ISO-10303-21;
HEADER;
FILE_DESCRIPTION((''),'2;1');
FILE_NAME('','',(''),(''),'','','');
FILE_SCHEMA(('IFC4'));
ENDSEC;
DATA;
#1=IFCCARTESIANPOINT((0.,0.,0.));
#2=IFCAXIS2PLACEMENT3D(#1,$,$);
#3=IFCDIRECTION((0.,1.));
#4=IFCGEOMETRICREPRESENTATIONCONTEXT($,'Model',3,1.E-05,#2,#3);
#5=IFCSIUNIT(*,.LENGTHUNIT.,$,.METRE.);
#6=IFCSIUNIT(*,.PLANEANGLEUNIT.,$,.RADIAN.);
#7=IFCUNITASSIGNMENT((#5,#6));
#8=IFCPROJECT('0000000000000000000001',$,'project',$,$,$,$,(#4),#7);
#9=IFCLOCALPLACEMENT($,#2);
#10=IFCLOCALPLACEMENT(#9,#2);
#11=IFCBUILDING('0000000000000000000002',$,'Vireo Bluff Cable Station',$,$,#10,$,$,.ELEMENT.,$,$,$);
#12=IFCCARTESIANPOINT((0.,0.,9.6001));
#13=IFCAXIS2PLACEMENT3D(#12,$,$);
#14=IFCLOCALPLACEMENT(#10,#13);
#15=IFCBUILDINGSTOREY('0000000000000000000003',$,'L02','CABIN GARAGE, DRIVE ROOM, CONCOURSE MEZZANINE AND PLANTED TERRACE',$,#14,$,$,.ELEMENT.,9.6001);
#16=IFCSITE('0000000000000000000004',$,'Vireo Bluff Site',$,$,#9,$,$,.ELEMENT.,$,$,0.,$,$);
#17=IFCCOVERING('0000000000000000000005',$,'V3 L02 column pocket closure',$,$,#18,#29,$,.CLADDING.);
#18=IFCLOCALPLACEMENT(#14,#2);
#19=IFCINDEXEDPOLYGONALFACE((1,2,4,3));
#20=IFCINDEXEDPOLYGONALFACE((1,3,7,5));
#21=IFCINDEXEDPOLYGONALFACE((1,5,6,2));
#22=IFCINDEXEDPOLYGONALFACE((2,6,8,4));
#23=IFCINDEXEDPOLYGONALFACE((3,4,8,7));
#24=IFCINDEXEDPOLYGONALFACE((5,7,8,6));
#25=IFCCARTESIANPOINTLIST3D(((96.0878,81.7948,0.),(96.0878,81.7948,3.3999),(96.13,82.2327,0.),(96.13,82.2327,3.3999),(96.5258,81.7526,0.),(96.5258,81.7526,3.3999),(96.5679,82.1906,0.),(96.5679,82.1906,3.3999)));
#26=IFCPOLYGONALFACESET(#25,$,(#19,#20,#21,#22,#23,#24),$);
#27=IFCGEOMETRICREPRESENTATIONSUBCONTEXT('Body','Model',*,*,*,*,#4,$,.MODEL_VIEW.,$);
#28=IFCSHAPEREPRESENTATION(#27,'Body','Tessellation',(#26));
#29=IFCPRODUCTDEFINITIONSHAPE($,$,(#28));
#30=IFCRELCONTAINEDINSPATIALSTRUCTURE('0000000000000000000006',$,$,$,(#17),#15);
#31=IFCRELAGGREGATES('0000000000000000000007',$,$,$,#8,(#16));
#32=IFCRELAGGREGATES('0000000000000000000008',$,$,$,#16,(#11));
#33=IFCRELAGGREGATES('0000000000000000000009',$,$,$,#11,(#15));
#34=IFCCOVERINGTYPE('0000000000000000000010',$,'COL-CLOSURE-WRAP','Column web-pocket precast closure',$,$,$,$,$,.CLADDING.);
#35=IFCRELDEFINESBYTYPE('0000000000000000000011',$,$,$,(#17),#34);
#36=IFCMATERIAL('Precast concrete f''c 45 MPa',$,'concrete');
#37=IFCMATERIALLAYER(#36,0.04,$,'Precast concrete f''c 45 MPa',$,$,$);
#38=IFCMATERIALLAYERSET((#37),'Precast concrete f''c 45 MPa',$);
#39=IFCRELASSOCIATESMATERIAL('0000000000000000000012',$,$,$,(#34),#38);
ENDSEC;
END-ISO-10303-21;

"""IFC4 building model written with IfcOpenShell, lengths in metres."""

from ifc_helpers import new_model, si_unit, direction, frame, origin, origin_2d, place, context, subcontext, project, spatial, rectangle, extrude, material, layer, layer_set, type_object, element, save


model = new_model("IFC4")

# Units and contexts
model_context = context("Model", 3, precision=1e-05, world=origin(), true_north=direction((0.0, 1.0)))
body_context = subcontext(model_context, "Body", "Model", "MODEL_VIEW")
ifc_project = project(units=[si_unit("LENGTHUNIT", "METRE"), si_unit("PLANEANGLEUNIT", "RADIAN")], contexts=[model_context])

# Site, building, storey
site_placement = place(None, origin())
site = spatial("IfcSite", under=ifc_project, at=site_placement, Name="Vireo Bluff Site", CompositionType="ELEMENT", RefElevation=0.0)
building_placement = place(site_placement, origin())
building = spatial("IfcBuilding", under=site, at=building_placement, Name="Vireo Bluff Cable Station", CompositionType="ELEMENT")
storey_placement = place(building_placement, frame((0.0, 0.0, 9.6001)))
storey = spatial("IfcBuildingStorey", under=building, at=storey_placement, Name="L02", Description="CABIN GARAGE, DRIVE ROOM, CONCOURSE MEZZANINE AND PLANTED TERRACE", CompositionType="ELEMENT", Elevation=9.6001)

# Shared definitions
ifc_material_1 = material(Name="Precast concrete f'c 45 MPa", Category="concrete")

# Covering
ifc_layer_1 = layer(ifc_material_1, 0.04, Name="Precast concrete f'c 45 MPa")
ifc_layer_set_1 = layer_set([ifc_layer_1], Name="Precast concrete f'c 45 MPa")
covering_type = type_object("IfcCoveringType", Name="COL-CLOSURE-WRAP", Description="Column web-pocket precast closure", PredefinedType="CLADDING", material=ifc_layer_set_1)
covering_placement = place(storey_placement, frame((96.3279, 81.9927, 0.0), z_axis=(0.0, 0.0, 1.0), x_axis=(0.995396, -0.095846, 0.0)))
element("IfcCovering", 1, at=covering_placement, inside=storey, type_object=covering_type, Name="V3 L02 column pocket closure", PredefinedType="CLADDING", context=body_context, shape_type="SweptSolid", body=[
    extrude(rectangle(XDim=0.4399, YDim=0.4399, at=origin_2d()), origin(), (0.0, 0.0, 1.0), 3.3999),
])

save(model, "model.ifc")
